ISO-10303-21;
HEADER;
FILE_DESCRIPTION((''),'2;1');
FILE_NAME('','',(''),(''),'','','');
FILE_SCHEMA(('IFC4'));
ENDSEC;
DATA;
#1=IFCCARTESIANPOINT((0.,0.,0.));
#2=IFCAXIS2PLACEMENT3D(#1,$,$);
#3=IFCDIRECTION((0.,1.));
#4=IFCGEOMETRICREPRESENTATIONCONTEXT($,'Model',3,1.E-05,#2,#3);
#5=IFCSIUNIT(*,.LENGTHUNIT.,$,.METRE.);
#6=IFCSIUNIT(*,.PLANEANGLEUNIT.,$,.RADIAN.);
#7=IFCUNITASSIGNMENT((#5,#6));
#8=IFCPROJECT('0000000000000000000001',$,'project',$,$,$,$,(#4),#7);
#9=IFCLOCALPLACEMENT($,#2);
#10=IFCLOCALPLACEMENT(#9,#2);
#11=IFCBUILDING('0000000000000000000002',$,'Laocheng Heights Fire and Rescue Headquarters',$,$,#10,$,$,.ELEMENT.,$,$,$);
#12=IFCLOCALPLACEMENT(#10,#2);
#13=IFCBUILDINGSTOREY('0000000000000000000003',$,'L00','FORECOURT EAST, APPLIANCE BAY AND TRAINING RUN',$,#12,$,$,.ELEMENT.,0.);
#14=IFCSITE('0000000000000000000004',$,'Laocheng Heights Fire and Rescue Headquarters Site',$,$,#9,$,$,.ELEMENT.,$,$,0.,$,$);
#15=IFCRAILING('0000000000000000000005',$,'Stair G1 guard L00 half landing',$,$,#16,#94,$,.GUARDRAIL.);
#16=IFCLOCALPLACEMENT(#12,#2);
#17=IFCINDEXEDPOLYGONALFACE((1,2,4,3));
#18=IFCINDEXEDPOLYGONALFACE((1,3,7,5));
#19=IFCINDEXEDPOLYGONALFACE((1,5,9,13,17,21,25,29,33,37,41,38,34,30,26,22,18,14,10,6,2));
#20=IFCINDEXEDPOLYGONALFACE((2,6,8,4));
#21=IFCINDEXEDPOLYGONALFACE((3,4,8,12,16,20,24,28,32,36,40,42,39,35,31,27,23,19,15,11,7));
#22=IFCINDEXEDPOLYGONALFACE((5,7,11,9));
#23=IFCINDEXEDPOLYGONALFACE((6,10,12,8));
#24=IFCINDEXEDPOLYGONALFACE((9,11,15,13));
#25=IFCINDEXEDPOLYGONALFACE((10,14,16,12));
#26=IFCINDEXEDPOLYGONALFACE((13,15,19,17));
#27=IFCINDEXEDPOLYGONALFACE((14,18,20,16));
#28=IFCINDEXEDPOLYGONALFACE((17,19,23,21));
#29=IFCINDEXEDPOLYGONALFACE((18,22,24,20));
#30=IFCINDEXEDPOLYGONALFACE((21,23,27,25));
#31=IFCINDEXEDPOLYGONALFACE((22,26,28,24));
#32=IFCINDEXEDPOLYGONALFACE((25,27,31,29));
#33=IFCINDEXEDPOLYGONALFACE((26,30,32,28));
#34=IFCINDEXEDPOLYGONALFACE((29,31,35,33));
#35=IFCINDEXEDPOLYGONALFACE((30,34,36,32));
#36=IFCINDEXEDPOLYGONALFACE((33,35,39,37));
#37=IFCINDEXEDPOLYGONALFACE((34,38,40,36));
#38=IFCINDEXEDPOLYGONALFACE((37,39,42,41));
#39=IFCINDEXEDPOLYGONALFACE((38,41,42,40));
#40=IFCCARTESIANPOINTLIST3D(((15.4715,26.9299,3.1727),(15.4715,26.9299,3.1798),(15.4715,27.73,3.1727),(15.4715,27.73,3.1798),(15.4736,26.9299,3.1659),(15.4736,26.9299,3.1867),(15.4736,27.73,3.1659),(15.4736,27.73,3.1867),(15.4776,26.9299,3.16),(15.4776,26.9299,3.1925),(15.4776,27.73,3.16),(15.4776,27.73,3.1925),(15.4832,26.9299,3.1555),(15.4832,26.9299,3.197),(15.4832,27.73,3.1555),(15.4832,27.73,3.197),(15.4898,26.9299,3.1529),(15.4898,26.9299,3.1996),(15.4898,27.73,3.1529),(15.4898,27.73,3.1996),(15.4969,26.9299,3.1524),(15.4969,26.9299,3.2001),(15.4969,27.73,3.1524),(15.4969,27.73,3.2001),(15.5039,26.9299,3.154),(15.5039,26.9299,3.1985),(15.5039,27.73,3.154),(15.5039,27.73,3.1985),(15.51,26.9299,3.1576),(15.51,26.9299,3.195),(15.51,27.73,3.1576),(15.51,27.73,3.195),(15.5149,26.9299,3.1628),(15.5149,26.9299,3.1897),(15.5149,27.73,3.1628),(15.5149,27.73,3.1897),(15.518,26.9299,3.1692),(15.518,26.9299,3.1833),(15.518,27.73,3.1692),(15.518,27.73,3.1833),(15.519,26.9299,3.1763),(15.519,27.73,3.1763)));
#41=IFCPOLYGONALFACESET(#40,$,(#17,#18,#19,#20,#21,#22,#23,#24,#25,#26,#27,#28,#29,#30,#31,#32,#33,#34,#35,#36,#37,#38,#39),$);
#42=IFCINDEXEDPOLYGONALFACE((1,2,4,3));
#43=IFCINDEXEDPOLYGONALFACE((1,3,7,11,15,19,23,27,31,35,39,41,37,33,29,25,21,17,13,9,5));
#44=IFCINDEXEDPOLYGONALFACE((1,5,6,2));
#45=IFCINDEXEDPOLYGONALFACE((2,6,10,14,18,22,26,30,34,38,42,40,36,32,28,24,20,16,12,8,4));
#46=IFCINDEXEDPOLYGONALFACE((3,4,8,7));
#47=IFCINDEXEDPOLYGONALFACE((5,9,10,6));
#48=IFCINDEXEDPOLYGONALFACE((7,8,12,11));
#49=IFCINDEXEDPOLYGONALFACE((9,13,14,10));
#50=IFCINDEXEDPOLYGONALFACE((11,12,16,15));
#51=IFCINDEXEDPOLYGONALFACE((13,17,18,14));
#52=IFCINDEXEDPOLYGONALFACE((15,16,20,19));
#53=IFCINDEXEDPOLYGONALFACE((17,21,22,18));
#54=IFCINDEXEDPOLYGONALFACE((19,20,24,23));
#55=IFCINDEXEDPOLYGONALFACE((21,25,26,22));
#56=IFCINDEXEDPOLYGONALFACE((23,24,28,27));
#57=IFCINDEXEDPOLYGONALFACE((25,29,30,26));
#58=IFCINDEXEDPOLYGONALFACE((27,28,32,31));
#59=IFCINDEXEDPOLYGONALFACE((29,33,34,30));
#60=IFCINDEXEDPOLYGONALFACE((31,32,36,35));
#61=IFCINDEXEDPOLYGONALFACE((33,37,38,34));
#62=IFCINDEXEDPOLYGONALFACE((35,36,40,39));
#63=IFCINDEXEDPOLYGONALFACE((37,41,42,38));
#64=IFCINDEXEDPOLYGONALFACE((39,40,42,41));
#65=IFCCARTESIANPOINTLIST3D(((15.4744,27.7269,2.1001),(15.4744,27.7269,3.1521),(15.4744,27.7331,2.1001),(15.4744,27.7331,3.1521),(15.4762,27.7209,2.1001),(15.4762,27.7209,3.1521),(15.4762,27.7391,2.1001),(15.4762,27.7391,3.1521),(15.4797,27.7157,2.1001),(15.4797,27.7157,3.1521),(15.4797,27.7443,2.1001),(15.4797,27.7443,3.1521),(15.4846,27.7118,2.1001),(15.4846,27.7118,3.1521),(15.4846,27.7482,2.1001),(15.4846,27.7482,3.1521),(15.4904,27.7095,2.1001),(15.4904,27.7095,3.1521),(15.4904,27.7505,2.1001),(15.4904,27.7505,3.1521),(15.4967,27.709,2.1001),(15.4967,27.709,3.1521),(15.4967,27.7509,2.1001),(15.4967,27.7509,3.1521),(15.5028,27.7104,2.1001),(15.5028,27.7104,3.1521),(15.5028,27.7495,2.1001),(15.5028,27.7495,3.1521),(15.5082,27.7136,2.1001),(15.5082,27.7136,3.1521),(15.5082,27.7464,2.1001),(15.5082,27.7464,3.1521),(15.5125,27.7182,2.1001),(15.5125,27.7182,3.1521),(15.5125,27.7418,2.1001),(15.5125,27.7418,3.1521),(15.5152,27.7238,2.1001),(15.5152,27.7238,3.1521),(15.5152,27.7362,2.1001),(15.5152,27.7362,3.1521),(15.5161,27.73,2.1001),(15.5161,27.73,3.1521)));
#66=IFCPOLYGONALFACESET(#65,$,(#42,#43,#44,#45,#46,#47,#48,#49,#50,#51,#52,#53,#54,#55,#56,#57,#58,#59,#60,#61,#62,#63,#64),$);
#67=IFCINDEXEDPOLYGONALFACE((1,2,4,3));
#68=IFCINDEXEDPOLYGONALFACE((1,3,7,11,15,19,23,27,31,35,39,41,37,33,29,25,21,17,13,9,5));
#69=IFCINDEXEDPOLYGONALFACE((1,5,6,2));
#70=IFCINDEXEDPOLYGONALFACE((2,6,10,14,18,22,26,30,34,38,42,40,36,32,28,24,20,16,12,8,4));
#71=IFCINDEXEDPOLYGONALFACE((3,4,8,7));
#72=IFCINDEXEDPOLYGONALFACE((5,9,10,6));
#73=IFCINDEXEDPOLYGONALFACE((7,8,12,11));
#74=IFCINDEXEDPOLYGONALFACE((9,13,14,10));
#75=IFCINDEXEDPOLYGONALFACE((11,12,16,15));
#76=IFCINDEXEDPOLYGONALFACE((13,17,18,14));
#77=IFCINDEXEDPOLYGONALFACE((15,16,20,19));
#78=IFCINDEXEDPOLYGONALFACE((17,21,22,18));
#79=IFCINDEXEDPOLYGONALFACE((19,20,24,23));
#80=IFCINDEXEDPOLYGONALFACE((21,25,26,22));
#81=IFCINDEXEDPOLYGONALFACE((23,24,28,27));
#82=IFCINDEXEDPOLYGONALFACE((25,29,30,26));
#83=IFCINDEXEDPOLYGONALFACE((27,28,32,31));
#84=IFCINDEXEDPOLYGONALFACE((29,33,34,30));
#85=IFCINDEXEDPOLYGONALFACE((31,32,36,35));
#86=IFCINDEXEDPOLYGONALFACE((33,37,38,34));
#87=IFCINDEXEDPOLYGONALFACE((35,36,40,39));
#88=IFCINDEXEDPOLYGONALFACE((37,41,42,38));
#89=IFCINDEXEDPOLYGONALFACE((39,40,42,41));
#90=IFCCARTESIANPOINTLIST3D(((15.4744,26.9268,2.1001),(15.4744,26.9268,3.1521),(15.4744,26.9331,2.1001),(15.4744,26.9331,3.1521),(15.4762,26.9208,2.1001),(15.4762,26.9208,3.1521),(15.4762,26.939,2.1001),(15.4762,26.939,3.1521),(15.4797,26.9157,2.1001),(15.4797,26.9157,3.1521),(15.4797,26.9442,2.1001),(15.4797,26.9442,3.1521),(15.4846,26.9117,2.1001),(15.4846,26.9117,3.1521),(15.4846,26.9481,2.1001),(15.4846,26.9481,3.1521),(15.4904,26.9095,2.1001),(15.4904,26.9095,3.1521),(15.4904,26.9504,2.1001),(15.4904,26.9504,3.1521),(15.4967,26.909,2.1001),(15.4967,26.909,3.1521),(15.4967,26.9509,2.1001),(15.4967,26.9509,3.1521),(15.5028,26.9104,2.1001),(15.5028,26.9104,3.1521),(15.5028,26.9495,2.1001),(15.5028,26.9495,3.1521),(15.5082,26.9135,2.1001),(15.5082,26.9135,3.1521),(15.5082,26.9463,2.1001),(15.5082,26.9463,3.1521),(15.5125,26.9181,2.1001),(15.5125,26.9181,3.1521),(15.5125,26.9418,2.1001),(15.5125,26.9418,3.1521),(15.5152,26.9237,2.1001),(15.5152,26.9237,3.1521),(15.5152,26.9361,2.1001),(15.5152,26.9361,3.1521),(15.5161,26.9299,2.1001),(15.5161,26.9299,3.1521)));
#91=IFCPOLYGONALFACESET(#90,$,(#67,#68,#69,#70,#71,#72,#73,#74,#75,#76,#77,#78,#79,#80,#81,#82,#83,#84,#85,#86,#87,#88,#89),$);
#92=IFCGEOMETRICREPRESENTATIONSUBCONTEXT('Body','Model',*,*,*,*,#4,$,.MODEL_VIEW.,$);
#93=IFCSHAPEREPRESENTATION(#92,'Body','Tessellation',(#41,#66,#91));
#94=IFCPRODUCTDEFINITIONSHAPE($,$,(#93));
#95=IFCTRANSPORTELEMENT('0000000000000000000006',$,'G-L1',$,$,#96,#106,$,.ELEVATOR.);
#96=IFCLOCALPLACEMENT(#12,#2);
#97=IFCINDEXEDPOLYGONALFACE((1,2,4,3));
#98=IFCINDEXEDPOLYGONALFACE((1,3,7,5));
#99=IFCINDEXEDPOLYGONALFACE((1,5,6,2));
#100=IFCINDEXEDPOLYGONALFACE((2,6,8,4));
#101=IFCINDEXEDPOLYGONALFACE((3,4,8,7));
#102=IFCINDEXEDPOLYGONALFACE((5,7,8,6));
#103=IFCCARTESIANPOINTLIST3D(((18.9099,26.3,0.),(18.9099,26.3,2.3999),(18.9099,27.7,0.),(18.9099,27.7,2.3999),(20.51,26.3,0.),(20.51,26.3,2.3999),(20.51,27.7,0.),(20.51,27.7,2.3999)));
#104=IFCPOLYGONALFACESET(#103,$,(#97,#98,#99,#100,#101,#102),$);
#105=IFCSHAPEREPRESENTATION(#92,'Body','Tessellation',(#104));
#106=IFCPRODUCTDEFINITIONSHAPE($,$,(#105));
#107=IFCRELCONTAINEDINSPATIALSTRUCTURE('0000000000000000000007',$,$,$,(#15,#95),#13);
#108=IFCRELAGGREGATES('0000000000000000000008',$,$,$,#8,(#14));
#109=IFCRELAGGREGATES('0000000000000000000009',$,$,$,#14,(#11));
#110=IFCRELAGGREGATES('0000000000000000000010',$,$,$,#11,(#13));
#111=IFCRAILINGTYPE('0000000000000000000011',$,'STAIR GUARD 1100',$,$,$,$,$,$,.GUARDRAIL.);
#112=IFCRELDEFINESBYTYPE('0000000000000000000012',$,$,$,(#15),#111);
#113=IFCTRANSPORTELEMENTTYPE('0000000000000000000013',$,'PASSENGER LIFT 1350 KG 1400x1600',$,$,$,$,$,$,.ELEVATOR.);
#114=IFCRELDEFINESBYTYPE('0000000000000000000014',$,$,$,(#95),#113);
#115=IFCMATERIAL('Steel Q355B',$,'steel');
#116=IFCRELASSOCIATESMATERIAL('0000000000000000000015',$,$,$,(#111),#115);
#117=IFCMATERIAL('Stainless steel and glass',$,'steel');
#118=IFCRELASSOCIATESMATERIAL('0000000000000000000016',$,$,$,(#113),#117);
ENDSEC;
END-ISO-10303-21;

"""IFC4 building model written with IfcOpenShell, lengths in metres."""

from ifc_helpers import new_model, si_unit, direction, frame, origin, origin_2d, place, context, subcontext, project, spatial, rectangle, circle, extrude, material, type_object, element, save


model = new_model("IFC4")

# Units and contexts
model_context = context("Model", 3, precision=1e-05, world=origin(), true_north=direction((0.0, 1.0)))
body_context = subcontext(model_context, "Body", "Model", "MODEL_VIEW")
ifc_project = project(units=[si_unit("LENGTHUNIT", "METRE"), si_unit("PLANEANGLEUNIT", "RADIAN")], contexts=[model_context])

# Site, building, storey
site_placement = place(None, origin())
site = spatial("IfcSite", under=ifc_project, at=site_placement, Name="Laocheng Heights Fire and Rescue Headquarters Site", CompositionType="ELEMENT", RefElevation=0.0)
building_placement = place(site_placement, origin())
building = spatial("IfcBuilding", under=site, at=building_placement, Name="Laocheng Heights Fire and Rescue Headquarters", CompositionType="ELEMENT")
storey_placement = place(building_placement, origin())
storey = spatial("IfcBuildingStorey", under=building, at=storey_placement, Name="L00", Description="FORECOURT EAST, APPLIANCE BAY AND TRAINING RUN", CompositionType="ELEMENT", Elevation=0.0)

# Railing
ifc_material_1 = material(Name="Steel Q355B", Category="steel")
railing_type_1 = type_object("IfcRailingType", Name="STAIR GUARD 1100", PredefinedType="GUARDRAIL", material=ifc_material_1)
railing_1_placement = place(storey_placement, frame((15.4951, 27.73, 2.1001)))
element("IfcRailing", 1, at=railing_1_placement, inside=storey, type_object=railing_type_1, Name="Stair G1 guard L00 half landing", PredefinedType="GUARDRAIL", context=body_context, shape_type="SweptSolid", body=[
    extrude(circle(Radius=0.0239, at=origin_2d()), frame((0.0, 0.0, 1.0762), z_axis=(0.0, -1.0, 0.0), x_axis=(1.0, 0.0, 0.0)), (0.0, 0.0, 1.0), 0.8),
    extrude(circle(Radius=0.021, at=origin_2d()), origin(), (0.0, 0.0, 1.0), 1.052),
    extrude(circle(Radius=0.021, at=origin_2d()), frame((0.0, -0.8, 0.0)), (0.0, 0.0, 1.0), 1.052),
])

# Transport element
ifc_material_2 = material(Name="Stainless steel and glass", Category="steel")
transport_element_type = type_object("IfcTransportElementType", Name="PASSENGER LIFT 1350 KG 1400x1600", PredefinedType="ELEVATOR", material=ifc_material_2)
transport_element_placement = place(storey_placement, frame((19.71, 27.0, 0.0), z_axis=(0.0, 0.0, 1.0), x_axis=(1.0, 0.0, 0.0)))
element("IfcTransportElement", 2, at=transport_element_placement, inside=storey, type_object=transport_element_type, Name="G-L1", PredefinedType="ELEVATOR", context=body_context, shape_type="SweptSolid", body=[
    extrude(rectangle(XDim=1.6001, YDim=1.3999, at=origin_2d()), origin(), (0.0, 0.0, 1.0), 2.3999),
])

save(model, "model.ifc")
